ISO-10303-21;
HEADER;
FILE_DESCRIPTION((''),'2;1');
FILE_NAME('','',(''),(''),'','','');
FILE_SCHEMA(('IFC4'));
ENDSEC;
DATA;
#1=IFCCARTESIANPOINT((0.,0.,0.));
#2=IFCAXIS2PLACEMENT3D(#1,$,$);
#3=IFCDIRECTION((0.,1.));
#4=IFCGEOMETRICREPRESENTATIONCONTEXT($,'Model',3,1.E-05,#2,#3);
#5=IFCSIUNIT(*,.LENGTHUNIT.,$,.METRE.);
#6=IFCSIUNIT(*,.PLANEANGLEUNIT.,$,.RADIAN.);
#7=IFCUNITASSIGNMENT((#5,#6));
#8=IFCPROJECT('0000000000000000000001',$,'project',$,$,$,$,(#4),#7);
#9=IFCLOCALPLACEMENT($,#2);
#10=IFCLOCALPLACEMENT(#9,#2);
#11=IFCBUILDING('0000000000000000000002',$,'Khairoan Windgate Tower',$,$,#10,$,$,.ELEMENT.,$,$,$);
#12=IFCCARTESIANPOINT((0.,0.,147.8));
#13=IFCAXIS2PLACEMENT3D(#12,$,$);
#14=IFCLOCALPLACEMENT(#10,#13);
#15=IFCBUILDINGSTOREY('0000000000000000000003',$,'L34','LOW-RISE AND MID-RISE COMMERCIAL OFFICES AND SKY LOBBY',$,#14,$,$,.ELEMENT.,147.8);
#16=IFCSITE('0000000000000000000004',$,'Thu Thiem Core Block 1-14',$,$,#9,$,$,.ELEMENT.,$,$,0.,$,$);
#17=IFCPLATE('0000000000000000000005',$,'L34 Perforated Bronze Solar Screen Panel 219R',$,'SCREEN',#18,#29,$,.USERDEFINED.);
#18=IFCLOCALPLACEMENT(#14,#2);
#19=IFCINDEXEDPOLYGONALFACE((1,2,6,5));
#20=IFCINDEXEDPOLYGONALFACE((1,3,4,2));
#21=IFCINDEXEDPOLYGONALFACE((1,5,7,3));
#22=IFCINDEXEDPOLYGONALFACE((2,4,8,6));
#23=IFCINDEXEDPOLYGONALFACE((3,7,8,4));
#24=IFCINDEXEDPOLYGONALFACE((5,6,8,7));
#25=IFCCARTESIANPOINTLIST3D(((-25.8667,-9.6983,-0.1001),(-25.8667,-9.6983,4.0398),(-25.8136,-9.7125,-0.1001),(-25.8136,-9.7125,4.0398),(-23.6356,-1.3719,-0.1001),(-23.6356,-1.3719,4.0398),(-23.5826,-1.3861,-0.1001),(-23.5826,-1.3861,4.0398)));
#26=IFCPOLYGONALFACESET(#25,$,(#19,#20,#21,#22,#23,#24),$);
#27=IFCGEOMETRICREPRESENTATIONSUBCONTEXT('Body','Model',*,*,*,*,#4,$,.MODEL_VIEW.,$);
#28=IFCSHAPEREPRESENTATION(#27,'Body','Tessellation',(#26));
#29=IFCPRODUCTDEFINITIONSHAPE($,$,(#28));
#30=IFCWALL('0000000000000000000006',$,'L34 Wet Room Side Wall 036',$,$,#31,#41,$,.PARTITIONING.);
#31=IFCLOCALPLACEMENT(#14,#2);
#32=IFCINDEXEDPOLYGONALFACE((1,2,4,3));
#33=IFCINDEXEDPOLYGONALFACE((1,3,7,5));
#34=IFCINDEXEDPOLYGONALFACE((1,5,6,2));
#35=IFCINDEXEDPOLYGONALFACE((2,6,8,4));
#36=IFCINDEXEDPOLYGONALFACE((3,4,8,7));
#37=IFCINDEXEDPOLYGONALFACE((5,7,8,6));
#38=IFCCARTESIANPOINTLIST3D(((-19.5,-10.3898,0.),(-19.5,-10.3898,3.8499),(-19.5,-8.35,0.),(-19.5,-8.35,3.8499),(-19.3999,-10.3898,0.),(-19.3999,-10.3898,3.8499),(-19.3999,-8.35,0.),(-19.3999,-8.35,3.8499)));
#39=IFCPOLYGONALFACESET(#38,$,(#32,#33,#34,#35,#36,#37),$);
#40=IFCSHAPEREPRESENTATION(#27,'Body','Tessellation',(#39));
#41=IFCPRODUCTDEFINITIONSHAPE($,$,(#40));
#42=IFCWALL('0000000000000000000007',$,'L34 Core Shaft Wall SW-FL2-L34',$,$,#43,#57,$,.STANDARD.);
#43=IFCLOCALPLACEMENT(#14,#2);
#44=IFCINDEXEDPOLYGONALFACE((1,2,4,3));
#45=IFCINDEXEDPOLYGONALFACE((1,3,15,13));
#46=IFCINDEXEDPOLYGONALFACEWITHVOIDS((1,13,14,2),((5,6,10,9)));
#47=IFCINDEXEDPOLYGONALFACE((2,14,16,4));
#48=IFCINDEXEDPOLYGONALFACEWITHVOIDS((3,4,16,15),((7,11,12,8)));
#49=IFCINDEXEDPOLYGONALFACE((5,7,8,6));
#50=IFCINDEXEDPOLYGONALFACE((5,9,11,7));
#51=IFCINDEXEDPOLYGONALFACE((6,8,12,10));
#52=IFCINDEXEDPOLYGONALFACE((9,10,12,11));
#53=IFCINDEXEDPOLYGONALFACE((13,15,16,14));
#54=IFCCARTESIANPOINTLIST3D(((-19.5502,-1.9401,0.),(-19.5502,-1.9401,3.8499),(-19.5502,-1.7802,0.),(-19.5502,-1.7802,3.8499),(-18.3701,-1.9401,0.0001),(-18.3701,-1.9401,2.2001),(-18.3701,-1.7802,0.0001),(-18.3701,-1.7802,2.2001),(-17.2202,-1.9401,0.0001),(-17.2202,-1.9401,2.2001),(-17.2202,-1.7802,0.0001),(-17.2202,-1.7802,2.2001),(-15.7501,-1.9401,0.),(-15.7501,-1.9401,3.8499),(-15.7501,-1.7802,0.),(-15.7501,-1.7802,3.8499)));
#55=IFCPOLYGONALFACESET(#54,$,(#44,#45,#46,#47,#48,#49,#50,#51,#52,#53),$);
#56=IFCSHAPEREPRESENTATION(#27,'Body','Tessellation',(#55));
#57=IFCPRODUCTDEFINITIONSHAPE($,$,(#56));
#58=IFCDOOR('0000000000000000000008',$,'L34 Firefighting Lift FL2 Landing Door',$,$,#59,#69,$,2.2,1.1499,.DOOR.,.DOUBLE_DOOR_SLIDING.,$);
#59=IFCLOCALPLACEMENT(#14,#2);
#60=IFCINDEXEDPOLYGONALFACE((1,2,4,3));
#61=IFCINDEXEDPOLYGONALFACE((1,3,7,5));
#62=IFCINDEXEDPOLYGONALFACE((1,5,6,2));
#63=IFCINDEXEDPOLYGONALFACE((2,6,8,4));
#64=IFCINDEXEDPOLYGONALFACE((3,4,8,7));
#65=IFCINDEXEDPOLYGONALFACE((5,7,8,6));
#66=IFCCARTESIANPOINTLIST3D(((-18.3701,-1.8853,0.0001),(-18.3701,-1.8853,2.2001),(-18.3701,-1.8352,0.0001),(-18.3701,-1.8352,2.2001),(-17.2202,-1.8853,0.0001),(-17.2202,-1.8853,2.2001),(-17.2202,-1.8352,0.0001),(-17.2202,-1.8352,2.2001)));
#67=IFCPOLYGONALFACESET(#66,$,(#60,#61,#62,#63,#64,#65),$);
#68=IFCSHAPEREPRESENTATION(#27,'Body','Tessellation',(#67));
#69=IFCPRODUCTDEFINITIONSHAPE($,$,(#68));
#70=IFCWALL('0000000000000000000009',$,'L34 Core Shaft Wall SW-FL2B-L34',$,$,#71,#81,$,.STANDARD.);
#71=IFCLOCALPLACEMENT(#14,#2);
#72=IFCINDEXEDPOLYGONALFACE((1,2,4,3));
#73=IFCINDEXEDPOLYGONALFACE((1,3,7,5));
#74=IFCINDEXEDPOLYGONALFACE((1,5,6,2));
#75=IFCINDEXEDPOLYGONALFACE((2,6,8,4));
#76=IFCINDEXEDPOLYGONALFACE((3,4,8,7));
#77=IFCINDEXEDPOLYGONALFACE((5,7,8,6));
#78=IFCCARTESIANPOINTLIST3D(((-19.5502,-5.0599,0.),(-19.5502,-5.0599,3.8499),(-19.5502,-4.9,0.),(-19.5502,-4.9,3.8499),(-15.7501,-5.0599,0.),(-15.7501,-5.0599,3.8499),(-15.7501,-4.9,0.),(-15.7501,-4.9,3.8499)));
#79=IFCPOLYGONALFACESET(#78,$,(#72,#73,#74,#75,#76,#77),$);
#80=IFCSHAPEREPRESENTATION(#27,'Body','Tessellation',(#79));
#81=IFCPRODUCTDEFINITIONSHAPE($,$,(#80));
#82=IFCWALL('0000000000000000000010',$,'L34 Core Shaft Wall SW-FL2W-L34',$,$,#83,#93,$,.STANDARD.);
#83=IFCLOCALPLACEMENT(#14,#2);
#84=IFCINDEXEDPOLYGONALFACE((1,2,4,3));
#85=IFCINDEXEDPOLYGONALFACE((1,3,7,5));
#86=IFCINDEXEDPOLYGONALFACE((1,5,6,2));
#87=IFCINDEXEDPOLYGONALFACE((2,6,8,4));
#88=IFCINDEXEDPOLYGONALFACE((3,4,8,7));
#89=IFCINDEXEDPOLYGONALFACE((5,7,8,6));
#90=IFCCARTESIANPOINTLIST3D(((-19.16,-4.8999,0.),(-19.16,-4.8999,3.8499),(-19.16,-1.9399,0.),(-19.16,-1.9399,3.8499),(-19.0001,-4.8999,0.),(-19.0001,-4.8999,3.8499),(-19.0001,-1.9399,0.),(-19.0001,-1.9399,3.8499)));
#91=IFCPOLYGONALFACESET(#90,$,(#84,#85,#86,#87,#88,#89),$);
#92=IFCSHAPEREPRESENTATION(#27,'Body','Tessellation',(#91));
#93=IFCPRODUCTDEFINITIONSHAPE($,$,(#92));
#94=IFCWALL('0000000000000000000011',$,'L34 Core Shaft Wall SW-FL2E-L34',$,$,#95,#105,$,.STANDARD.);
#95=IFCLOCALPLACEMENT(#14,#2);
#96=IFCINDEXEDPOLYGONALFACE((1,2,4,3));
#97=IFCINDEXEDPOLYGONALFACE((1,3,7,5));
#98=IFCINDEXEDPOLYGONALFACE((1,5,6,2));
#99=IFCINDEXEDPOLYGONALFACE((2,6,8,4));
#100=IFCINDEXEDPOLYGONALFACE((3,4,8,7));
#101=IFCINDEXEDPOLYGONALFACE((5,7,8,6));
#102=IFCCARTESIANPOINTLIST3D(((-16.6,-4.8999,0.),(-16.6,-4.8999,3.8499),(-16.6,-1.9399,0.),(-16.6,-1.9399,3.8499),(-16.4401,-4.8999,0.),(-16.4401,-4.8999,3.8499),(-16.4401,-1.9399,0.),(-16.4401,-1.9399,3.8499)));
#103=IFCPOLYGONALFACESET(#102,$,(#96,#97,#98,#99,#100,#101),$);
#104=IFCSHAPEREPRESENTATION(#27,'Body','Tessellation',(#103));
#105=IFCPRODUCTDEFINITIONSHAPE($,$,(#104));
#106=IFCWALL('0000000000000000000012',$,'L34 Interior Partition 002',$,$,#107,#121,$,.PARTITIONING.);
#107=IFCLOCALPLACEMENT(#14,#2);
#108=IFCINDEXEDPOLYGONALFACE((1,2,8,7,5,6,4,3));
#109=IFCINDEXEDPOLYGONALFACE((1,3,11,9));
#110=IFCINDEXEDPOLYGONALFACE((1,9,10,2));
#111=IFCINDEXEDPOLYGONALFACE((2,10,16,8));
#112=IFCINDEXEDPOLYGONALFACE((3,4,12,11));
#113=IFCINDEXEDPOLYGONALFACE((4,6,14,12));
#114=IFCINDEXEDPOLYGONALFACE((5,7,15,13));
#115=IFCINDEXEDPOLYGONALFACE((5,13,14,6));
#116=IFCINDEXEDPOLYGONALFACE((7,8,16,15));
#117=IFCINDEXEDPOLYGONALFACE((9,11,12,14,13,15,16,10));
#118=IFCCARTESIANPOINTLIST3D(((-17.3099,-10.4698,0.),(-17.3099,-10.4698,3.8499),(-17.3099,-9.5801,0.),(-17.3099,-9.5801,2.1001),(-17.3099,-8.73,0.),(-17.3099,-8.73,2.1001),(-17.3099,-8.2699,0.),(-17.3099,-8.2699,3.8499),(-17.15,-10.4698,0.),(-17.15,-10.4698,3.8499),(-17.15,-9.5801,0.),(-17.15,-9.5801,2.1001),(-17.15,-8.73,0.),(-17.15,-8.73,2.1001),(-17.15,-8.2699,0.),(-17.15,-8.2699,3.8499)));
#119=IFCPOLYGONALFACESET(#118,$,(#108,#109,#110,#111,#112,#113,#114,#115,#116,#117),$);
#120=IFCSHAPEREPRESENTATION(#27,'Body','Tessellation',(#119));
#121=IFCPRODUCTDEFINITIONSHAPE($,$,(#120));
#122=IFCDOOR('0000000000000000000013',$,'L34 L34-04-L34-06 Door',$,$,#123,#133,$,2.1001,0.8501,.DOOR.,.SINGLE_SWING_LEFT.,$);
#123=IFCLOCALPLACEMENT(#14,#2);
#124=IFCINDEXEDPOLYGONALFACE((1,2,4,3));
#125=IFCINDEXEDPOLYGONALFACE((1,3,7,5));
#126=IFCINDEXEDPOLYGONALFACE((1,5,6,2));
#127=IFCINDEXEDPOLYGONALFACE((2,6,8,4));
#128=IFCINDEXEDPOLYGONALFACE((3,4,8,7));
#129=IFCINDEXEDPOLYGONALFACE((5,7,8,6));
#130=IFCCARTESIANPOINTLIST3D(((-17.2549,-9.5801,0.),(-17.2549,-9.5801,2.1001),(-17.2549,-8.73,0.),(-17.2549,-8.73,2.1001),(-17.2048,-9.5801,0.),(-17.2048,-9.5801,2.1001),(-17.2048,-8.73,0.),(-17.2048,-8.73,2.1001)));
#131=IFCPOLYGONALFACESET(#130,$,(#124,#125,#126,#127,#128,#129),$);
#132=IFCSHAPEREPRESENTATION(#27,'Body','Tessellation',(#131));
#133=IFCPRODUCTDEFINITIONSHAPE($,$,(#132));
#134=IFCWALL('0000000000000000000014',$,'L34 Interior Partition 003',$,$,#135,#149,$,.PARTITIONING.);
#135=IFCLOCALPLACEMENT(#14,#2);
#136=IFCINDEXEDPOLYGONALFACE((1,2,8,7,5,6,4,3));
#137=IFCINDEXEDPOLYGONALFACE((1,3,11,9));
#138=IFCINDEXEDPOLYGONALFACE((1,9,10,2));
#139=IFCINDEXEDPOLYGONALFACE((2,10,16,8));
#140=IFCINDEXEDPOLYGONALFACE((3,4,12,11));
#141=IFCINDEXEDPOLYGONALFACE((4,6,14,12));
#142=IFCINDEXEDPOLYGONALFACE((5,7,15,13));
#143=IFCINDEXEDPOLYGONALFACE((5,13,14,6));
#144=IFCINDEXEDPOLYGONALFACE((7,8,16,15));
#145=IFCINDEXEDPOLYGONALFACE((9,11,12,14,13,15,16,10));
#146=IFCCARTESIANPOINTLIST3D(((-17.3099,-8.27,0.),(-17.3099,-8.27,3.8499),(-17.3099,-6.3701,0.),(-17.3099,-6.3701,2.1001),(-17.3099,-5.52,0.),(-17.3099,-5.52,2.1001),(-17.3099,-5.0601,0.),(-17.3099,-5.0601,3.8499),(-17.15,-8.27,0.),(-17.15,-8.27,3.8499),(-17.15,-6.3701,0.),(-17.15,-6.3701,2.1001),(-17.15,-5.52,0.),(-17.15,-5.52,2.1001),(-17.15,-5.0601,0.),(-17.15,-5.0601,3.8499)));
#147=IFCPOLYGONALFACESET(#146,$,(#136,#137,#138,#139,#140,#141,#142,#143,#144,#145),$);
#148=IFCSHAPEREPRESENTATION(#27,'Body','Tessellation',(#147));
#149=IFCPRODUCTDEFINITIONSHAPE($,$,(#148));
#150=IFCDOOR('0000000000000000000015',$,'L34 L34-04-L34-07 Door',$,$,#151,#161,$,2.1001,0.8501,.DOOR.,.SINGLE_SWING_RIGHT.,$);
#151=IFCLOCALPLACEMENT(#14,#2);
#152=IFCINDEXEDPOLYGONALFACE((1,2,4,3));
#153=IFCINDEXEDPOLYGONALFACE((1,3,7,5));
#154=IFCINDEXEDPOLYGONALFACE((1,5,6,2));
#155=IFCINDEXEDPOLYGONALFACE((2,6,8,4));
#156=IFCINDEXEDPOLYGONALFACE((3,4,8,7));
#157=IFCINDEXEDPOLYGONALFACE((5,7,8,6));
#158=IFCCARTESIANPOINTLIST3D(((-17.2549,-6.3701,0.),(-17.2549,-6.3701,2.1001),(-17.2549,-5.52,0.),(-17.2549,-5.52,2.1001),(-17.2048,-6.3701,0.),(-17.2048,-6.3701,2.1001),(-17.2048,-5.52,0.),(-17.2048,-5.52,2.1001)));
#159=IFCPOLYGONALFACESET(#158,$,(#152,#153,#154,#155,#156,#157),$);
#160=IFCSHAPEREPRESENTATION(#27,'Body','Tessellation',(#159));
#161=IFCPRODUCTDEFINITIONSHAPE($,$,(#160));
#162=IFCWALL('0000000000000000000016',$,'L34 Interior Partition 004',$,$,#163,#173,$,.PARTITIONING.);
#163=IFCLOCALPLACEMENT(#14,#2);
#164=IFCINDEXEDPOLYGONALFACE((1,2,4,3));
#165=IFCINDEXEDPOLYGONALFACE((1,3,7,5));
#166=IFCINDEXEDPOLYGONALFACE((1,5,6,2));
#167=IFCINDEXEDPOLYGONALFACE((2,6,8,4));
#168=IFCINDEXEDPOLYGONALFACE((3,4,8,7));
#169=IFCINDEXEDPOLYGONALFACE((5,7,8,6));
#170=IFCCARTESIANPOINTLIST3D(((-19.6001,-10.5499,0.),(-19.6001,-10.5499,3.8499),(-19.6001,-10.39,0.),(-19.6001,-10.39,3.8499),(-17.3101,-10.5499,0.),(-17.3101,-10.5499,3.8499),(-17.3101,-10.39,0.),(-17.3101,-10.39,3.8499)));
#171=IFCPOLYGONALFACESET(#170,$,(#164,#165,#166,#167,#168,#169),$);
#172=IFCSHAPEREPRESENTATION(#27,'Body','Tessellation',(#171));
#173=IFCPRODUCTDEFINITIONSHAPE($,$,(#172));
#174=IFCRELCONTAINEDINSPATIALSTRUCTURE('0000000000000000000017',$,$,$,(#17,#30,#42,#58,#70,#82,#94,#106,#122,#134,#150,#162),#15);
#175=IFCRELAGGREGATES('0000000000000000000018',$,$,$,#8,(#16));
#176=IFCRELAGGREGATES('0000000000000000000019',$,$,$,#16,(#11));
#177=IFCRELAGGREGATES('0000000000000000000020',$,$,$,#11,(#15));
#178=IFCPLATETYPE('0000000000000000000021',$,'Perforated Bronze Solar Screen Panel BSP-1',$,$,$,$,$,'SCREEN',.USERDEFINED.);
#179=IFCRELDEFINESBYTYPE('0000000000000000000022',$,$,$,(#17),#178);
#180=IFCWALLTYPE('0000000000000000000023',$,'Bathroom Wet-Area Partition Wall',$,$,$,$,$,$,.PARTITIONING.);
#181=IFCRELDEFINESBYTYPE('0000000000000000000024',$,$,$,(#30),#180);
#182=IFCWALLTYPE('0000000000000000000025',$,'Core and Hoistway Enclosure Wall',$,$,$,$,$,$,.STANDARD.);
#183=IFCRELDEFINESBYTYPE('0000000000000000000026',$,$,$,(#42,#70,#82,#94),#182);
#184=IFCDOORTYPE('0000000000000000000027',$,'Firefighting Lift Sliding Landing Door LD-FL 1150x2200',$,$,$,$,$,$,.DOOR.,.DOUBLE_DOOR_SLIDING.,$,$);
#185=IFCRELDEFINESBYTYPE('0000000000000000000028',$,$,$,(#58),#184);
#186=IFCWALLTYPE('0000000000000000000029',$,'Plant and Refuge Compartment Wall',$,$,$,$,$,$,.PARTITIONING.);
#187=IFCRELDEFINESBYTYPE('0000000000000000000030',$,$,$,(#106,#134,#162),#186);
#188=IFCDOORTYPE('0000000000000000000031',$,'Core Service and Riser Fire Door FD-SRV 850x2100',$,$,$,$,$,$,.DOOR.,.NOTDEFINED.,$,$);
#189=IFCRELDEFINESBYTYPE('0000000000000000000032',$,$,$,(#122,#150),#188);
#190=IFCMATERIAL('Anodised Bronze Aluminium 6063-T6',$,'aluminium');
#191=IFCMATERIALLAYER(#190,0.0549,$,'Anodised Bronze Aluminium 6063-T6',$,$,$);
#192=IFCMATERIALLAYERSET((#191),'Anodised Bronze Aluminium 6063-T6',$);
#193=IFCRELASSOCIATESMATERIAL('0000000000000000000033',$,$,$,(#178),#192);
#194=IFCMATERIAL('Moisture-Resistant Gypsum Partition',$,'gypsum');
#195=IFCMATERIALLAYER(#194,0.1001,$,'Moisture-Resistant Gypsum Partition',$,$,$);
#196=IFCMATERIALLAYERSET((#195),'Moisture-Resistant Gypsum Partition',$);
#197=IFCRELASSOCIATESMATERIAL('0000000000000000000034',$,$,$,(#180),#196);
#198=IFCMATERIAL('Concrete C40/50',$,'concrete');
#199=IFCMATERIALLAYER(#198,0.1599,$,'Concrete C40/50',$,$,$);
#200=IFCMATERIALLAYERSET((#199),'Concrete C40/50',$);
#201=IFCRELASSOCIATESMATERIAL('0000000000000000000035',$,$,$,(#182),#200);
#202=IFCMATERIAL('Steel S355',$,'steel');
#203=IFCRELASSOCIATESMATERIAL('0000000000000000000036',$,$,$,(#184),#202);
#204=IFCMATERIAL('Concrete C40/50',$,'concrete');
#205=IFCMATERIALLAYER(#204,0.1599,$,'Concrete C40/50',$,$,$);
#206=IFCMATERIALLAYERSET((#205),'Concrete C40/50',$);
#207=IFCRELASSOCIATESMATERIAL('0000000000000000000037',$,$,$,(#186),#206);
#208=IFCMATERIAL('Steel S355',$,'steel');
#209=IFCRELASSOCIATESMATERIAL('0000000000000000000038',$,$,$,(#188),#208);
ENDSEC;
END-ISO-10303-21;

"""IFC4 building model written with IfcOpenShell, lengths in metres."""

from ifc_helpers import new_model, si_unit, direction, frame, frame_2d, origin, origin_2d, place, context, subcontext, project, spatial, rectangle, extrude, material, layer, layer_set, type_object, element, fill, save


model = new_model("IFC4")

# Units and contexts
model_context = context("Model", 3, precision=1e-05, world=origin(), true_north=direction((0.0, 1.0)))
body_context = subcontext(model_context, "Body", "Model", "MODEL_VIEW")
ifc_project = project(units=[si_unit("LENGTHUNIT", "METRE"), si_unit("PLANEANGLEUNIT", "RADIAN")], contexts=[model_context])

# Site, building, storey
site_placement = place(None, origin())
site = spatial("IfcSite", under=ifc_project, at=site_placement, Name="Thu Thiem Core Block 1-14", CompositionType="ELEMENT", RefElevation=0.0)
building_placement = place(site_placement, origin())
building = spatial("IfcBuilding", under=site, at=building_placement, Name="Khairoan Windgate Tower", CompositionType="ELEMENT")
storey_placement = place(building_placement, frame((0.0, 0.0, 147.8)))
storey = spatial("IfcBuildingStorey", under=building, at=storey_placement, Name="L34", Description="LOW-RISE AND MID-RISE COMMERCIAL OFFICES AND SKY LOBBY", CompositionType="ELEMENT", Elevation=147.8)

# Plate
ifc_material_1 = material(Name="Anodised Bronze Aluminium 6063-T6", Category="aluminium")
ifc_layer_1 = layer(ifc_material_1, 0.0549, Name="Anodised Bronze Aluminium 6063-T6")
ifc_layer_set_1 = layer_set([ifc_layer_1], Name="Anodised Bronze Aluminium 6063-T6")
plate_type_1 = type_object("IfcPlateType", Name="Perforated Bronze Solar Screen Panel BSP-1", ElementType="SCREEN", PredefinedType="USERDEFINED", material=ifc_layer_set_1)
plate_1_placement = place(storey_placement, frame((-24.7246, -5.5422, -0.1001), z_axis=(0.0, 0.0, 1.0), x_axis=(0.258819, 0.965926, 0.0)))
element("IfcPlate", 1, at=plate_1_placement, inside=storey, type_object=plate_type_1, Name="L34 Perforated Bronze Solar Screen Panel 219R", ObjectType="SCREEN", PredefinedType="USERDEFINED", context=body_context, shape_type="SweptSolid", body=[
    extrude(rectangle(XDim=8.6201, YDim=0.0549, at=origin_2d()), origin(), (0.0, 0.0, 1.0), 4.1399),
])

# Wall
ifc_material_2 = material(Name="Moisture-Resistant Gypsum Partition", Category="gypsum")
ifc_layer_2 = layer(ifc_material_2, 0.1001, Name="Moisture-Resistant Gypsum Partition")
ifc_layer_set_2 = layer_set([ifc_layer_2], Name="Moisture-Resistant Gypsum Partition")
wall_type_1 = type_object("IfcWallType", Name="Bathroom Wet-Area Partition Wall", PredefinedType="PARTITIONING", material=ifc_layer_set_2)
wall_1_placement = place(storey_placement, frame((-19.45, -10.3899, 0.0), z_axis=(0.0, 0.0, 1.0), x_axis=(0.0, 1.0, 0.0)))
element("IfcWall", 2, at=wall_1_placement, inside=storey, type_object=wall_type_1, Name="L34 Wet Room Side Wall 036", PredefinedType="PARTITIONING", context=body_context, shape_type="SweptSolid", body=[
    extrude(rectangle(XDim=2.0398, YDim=0.1001, at=frame_2d((1.02, 0.0))), origin(), (0.0, 0.0, 1.0), 3.8499),
])

# Wall, opening, door
ifc_material_3 = material(Name="Concrete C40/50", Category="concrete")
ifc_layer_3 = layer(ifc_material_3, 0.1599, Name="Concrete C40/50")
ifc_layer_set_3 = layer_set([ifc_layer_3], Name="Concrete C40/50")
wall_type_2 = type_object("IfcWallType", Name="Core and Hoistway Enclosure Wall", PredefinedType="STANDARD", material=ifc_layer_set_3)
wall_2_placement = place(storey_placement, frame((-19.55, -1.8601, 0.0), z_axis=(0.0, 0.0, 1.0), x_axis=(1.0, 0.0, 0.0)))
wall_2 = element("IfcWall", 3, at=wall_2_placement, inside=storey, type_object=wall_type_2, Name="L34 Core Shaft Wall SW-FL2-L34", PredefinedType="STANDARD", context=body_context, shape_type="SweptSolid", body=[
    extrude(rectangle(XDim=3.8, YDim=0.1599, at=frame_2d((1.8999, 0.0))), origin(), (0.0, 0.0, 1.0), 3.8499),
])
opening_1_placement = place(wall_2_placement, frame((1.1799, 0.0, 0.0)))
opening_1 = element("IfcOpeningElement", 4, at=opening_1_placement, cuts=wall_2, PredefinedType="OPENING", context=body_context, shape_type="SweptSolid", body=[
    extrude(rectangle(XDim=1.1499, YDim=2.2, at=frame_2d((0.575, 1.1001))), frame((0.0, 0.0898, 0.0), z_axis=(0.0, -1.0, 0.0), x_axis=(1.0, 0.0, 0.0)), (0.0, 0.0, 1.0), 0.1799),
])
ifc_material_4 = material(Name="Steel S355", Category="steel")
door_type_1 = type_object("IfcDoorType", Name="Firefighting Lift Sliding Landing Door LD-FL 1150x2200", OperationType="DOUBLE_DOOR_SLIDING", PredefinedType="DOOR", material=ifc_material_4)
door_1_placement = place(opening_1_placement, origin())
door_1 = element("IfcDoor", 5, at=door_1_placement, inside=storey, type_object=door_type_1, Name="L34 Firefighting Lift FL2 Landing Door", OperationType="DOUBLE_DOOR_SLIDING", OverallHeight=2.2, OverallWidth=1.1499, PredefinedType="DOOR", context=body_context, shape_type="SweptSolid", body=[
    extrude(rectangle(XDim=1.1499, YDim=2.2, at=frame_2d((0.575, 1.1001))), frame((0.0, 0.0249, 0.0), z_axis=(0.0, -1.0, 0.0), x_axis=(1.0, 0.0, 0.0)), (0.0, 0.0, 1.0), 0.05),
])
fill(opening_1, door_1)

# Walls
wall_3_placement = place(storey_placement, frame((-19.55, -4.98, 0.0), z_axis=(0.0, 0.0, 1.0), x_axis=(1.0, 0.0, 0.0)))
element("IfcWall", 6, at=wall_3_placement, inside=storey, type_object=wall_type_2, Name="L34 Core Shaft Wall SW-FL2B-L34", PredefinedType="STANDARD", context=body_context, shape_type="SweptSolid", body=[
    extrude(rectangle(XDim=3.8, YDim=0.1599, at=frame_2d((1.8999, 0.0))), origin(), (0.0, 0.0, 1.0), 3.8499),
])
for number, where, z_axis, x_axis, name in (
    (7, (-19.0801, -4.8999, 0.0), (0.0, 0.0, 1.0), (0.0, 1.0, 0.0), "L34 Core Shaft Wall SW-FL2W-L34"),
    (8, (-16.52, -4.8999, 0.0), (0.0, 0.0, 1.0), (0.0, 1.0, 0.0), "L34 Core Shaft Wall SW-FL2E-L34"),
):
    element("IfcWall", number, at=place(storey_placement, frame(where, z_axis=z_axis, x_axis=x_axis)), inside=storey, type_object=wall_type_2, Name=name, PredefinedType="STANDARD", context=body_context, shape_type="SweptSolid", body=[
        extrude(rectangle(XDim=2.96, YDim=0.1599, at=frame_2d((1.48, 0.0))), origin(), (0.0, 0.0, 1.0), 3.8499),
    ])

# Walls, openings, doors
ifc_material_5 = material(Name="Concrete C40/50", Category="concrete")
ifc_layer_4 = layer(ifc_material_5, 0.1599, Name="Concrete C40/50")
ifc_layer_set_4 = layer_set([ifc_layer_4], Name="Concrete C40/50")
wall_type_3 = type_object("IfcWallType", Name="Plant and Refuge Compartment Wall", PredefinedType="PARTITIONING", material=ifc_layer_set_4)
wall_4_placement = place(storey_placement, frame((-17.23, -10.47, 0.0), z_axis=(0.0, 0.0, 1.0), x_axis=(0.0, 1.0, 0.0)))
wall_4 = element("IfcWall", 9, at=wall_4_placement, inside=storey, type_object=wall_type_3, Name="L34 Interior Partition 002", PredefinedType="PARTITIONING", context=body_context, shape_type="SweptSolid", body=[
    extrude(rectangle(XDim=2.2, YDim=0.1599, at=frame_2d((1.1001, 0.0))), origin(), (0.0, 0.0, 1.0), 3.8499),
])
opening_2_placement = place(wall_4_placement, frame((0.8899, 0.0, 0.0)))
opening_2 = element("IfcOpeningElement", 10, at=opening_2_placement, cuts=wall_4, PredefinedType="OPENING", context=body_context, shape_type="SweptSolid", body=[
    extrude(rectangle(XDim=0.8501, YDim=2.1001, at=frame_2d((0.425, 1.05))), frame((0.0, 0.0898, 0.0), z_axis=(0.0, -1.0, 0.0), x_axis=(1.0, 0.0, 0.0)), (0.0, 0.0, 1.0), 0.1799),
])
ifc_material_6 = material(Name="Steel S355", Category="steel")
door_type_2 = type_object("IfcDoorType", Name="Core Service and Riser Fire Door FD-SRV 850x2100", OperationType="NOTDEFINED", PredefinedType="DOOR", material=ifc_material_6)
door_2_placement = place(opening_2_placement, origin())
door_2 = element("IfcDoor", 11, at=door_2_placement, inside=storey, type_object=door_type_2, Name="L34 L34-04-L34-06 Door", OperationType="SINGLE_SWING_LEFT", OverallHeight=2.1001, OverallWidth=0.8501, PredefinedType="DOOR", context=body_context, shape_type="SweptSolid", body=[
    extrude(rectangle(XDim=0.8501, YDim=2.1001, at=frame_2d((0.425, 1.05))), frame((0.0, 0.0249, 0.0), z_axis=(0.0, -1.0, 0.0), x_axis=(1.0, 0.0, 0.0)), (0.0, 0.0, 1.0), 0.05),
])
fill(opening_2, door_2)
wall_5_placement = place(storey_placement, frame((-17.23, -8.27, 0.0), z_axis=(0.0, 0.0, 1.0), x_axis=(0.0, 1.0, 0.0)))
wall_5 = element("IfcWall", 12, at=wall_5_placement, inside=storey, type_object=wall_type_3, Name="L34 Interior Partition 003", PredefinedType="PARTITIONING", context=body_context, shape_type="SweptSolid", body=[
    extrude(rectangle(XDim=3.21, YDim=0.1599, at=frame_2d((1.605, 0.0))), origin(), (0.0, 0.0, 1.0), 3.8499),
])
opening_3_placement = place(wall_5_placement, frame((1.8999, 0.0, 0.0)))
opening_3 = element("IfcOpeningElement", 13, at=opening_3_placement, cuts=wall_5, PredefinedType="OPENING", context=body_context, shape_type="SweptSolid", body=[
    extrude(rectangle(XDim=0.8501, YDim=2.1001, at=frame_2d((0.425, 1.05))), frame((0.0, 0.0898, 0.0), z_axis=(0.0, -1.0, 0.0), x_axis=(1.0, 0.0, 0.0)), (0.0, 0.0, 1.0), 0.1799),
])
door_3_placement = place(opening_3_placement, origin())
door_3 = element("IfcDoor", 14, at=door_3_placement, inside=storey, type_object=door_type_2, Name="L34 L34-04-L34-07 Door", OperationType="SINGLE_SWING_RIGHT", OverallHeight=2.1001, OverallWidth=0.8501, PredefinedType="DOOR", context=body_context, shape_type="SweptSolid", body=[
    extrude(rectangle(XDim=0.8501, YDim=2.1001, at=frame_2d((0.425, 1.05))), frame((0.0, 0.0249, 0.0), z_axis=(0.0, -1.0, 0.0), x_axis=(1.0, 0.0, 0.0)), (0.0, 0.0, 1.0), 0.05),
])
fill(opening_3, door_3)

# Wall
for number, where, z_axis, x_axis, name in (
    (15, (-19.6001, -10.47, 0.0), (0.0, 0.0, 1.0), (1.0, 0.0, 0.0), "L34 Interior Partition 004"),
):
    element("IfcWall", number, at=place(storey_placement, frame(where, z_axis=z_axis, x_axis=x_axis)), inside=storey, type_object=wall_type_3, Name=name, PredefinedType="PARTITIONING", context=body_context, shape_type="SweptSolid", body=[
        extrude(rectangle(XDim=2.29, YDim=0.1599, at=frame_2d((1.145, 0.0))), origin(), (0.0, 0.0, 1.0), 3.8499),
    ])

save(model, "model.ifc")
